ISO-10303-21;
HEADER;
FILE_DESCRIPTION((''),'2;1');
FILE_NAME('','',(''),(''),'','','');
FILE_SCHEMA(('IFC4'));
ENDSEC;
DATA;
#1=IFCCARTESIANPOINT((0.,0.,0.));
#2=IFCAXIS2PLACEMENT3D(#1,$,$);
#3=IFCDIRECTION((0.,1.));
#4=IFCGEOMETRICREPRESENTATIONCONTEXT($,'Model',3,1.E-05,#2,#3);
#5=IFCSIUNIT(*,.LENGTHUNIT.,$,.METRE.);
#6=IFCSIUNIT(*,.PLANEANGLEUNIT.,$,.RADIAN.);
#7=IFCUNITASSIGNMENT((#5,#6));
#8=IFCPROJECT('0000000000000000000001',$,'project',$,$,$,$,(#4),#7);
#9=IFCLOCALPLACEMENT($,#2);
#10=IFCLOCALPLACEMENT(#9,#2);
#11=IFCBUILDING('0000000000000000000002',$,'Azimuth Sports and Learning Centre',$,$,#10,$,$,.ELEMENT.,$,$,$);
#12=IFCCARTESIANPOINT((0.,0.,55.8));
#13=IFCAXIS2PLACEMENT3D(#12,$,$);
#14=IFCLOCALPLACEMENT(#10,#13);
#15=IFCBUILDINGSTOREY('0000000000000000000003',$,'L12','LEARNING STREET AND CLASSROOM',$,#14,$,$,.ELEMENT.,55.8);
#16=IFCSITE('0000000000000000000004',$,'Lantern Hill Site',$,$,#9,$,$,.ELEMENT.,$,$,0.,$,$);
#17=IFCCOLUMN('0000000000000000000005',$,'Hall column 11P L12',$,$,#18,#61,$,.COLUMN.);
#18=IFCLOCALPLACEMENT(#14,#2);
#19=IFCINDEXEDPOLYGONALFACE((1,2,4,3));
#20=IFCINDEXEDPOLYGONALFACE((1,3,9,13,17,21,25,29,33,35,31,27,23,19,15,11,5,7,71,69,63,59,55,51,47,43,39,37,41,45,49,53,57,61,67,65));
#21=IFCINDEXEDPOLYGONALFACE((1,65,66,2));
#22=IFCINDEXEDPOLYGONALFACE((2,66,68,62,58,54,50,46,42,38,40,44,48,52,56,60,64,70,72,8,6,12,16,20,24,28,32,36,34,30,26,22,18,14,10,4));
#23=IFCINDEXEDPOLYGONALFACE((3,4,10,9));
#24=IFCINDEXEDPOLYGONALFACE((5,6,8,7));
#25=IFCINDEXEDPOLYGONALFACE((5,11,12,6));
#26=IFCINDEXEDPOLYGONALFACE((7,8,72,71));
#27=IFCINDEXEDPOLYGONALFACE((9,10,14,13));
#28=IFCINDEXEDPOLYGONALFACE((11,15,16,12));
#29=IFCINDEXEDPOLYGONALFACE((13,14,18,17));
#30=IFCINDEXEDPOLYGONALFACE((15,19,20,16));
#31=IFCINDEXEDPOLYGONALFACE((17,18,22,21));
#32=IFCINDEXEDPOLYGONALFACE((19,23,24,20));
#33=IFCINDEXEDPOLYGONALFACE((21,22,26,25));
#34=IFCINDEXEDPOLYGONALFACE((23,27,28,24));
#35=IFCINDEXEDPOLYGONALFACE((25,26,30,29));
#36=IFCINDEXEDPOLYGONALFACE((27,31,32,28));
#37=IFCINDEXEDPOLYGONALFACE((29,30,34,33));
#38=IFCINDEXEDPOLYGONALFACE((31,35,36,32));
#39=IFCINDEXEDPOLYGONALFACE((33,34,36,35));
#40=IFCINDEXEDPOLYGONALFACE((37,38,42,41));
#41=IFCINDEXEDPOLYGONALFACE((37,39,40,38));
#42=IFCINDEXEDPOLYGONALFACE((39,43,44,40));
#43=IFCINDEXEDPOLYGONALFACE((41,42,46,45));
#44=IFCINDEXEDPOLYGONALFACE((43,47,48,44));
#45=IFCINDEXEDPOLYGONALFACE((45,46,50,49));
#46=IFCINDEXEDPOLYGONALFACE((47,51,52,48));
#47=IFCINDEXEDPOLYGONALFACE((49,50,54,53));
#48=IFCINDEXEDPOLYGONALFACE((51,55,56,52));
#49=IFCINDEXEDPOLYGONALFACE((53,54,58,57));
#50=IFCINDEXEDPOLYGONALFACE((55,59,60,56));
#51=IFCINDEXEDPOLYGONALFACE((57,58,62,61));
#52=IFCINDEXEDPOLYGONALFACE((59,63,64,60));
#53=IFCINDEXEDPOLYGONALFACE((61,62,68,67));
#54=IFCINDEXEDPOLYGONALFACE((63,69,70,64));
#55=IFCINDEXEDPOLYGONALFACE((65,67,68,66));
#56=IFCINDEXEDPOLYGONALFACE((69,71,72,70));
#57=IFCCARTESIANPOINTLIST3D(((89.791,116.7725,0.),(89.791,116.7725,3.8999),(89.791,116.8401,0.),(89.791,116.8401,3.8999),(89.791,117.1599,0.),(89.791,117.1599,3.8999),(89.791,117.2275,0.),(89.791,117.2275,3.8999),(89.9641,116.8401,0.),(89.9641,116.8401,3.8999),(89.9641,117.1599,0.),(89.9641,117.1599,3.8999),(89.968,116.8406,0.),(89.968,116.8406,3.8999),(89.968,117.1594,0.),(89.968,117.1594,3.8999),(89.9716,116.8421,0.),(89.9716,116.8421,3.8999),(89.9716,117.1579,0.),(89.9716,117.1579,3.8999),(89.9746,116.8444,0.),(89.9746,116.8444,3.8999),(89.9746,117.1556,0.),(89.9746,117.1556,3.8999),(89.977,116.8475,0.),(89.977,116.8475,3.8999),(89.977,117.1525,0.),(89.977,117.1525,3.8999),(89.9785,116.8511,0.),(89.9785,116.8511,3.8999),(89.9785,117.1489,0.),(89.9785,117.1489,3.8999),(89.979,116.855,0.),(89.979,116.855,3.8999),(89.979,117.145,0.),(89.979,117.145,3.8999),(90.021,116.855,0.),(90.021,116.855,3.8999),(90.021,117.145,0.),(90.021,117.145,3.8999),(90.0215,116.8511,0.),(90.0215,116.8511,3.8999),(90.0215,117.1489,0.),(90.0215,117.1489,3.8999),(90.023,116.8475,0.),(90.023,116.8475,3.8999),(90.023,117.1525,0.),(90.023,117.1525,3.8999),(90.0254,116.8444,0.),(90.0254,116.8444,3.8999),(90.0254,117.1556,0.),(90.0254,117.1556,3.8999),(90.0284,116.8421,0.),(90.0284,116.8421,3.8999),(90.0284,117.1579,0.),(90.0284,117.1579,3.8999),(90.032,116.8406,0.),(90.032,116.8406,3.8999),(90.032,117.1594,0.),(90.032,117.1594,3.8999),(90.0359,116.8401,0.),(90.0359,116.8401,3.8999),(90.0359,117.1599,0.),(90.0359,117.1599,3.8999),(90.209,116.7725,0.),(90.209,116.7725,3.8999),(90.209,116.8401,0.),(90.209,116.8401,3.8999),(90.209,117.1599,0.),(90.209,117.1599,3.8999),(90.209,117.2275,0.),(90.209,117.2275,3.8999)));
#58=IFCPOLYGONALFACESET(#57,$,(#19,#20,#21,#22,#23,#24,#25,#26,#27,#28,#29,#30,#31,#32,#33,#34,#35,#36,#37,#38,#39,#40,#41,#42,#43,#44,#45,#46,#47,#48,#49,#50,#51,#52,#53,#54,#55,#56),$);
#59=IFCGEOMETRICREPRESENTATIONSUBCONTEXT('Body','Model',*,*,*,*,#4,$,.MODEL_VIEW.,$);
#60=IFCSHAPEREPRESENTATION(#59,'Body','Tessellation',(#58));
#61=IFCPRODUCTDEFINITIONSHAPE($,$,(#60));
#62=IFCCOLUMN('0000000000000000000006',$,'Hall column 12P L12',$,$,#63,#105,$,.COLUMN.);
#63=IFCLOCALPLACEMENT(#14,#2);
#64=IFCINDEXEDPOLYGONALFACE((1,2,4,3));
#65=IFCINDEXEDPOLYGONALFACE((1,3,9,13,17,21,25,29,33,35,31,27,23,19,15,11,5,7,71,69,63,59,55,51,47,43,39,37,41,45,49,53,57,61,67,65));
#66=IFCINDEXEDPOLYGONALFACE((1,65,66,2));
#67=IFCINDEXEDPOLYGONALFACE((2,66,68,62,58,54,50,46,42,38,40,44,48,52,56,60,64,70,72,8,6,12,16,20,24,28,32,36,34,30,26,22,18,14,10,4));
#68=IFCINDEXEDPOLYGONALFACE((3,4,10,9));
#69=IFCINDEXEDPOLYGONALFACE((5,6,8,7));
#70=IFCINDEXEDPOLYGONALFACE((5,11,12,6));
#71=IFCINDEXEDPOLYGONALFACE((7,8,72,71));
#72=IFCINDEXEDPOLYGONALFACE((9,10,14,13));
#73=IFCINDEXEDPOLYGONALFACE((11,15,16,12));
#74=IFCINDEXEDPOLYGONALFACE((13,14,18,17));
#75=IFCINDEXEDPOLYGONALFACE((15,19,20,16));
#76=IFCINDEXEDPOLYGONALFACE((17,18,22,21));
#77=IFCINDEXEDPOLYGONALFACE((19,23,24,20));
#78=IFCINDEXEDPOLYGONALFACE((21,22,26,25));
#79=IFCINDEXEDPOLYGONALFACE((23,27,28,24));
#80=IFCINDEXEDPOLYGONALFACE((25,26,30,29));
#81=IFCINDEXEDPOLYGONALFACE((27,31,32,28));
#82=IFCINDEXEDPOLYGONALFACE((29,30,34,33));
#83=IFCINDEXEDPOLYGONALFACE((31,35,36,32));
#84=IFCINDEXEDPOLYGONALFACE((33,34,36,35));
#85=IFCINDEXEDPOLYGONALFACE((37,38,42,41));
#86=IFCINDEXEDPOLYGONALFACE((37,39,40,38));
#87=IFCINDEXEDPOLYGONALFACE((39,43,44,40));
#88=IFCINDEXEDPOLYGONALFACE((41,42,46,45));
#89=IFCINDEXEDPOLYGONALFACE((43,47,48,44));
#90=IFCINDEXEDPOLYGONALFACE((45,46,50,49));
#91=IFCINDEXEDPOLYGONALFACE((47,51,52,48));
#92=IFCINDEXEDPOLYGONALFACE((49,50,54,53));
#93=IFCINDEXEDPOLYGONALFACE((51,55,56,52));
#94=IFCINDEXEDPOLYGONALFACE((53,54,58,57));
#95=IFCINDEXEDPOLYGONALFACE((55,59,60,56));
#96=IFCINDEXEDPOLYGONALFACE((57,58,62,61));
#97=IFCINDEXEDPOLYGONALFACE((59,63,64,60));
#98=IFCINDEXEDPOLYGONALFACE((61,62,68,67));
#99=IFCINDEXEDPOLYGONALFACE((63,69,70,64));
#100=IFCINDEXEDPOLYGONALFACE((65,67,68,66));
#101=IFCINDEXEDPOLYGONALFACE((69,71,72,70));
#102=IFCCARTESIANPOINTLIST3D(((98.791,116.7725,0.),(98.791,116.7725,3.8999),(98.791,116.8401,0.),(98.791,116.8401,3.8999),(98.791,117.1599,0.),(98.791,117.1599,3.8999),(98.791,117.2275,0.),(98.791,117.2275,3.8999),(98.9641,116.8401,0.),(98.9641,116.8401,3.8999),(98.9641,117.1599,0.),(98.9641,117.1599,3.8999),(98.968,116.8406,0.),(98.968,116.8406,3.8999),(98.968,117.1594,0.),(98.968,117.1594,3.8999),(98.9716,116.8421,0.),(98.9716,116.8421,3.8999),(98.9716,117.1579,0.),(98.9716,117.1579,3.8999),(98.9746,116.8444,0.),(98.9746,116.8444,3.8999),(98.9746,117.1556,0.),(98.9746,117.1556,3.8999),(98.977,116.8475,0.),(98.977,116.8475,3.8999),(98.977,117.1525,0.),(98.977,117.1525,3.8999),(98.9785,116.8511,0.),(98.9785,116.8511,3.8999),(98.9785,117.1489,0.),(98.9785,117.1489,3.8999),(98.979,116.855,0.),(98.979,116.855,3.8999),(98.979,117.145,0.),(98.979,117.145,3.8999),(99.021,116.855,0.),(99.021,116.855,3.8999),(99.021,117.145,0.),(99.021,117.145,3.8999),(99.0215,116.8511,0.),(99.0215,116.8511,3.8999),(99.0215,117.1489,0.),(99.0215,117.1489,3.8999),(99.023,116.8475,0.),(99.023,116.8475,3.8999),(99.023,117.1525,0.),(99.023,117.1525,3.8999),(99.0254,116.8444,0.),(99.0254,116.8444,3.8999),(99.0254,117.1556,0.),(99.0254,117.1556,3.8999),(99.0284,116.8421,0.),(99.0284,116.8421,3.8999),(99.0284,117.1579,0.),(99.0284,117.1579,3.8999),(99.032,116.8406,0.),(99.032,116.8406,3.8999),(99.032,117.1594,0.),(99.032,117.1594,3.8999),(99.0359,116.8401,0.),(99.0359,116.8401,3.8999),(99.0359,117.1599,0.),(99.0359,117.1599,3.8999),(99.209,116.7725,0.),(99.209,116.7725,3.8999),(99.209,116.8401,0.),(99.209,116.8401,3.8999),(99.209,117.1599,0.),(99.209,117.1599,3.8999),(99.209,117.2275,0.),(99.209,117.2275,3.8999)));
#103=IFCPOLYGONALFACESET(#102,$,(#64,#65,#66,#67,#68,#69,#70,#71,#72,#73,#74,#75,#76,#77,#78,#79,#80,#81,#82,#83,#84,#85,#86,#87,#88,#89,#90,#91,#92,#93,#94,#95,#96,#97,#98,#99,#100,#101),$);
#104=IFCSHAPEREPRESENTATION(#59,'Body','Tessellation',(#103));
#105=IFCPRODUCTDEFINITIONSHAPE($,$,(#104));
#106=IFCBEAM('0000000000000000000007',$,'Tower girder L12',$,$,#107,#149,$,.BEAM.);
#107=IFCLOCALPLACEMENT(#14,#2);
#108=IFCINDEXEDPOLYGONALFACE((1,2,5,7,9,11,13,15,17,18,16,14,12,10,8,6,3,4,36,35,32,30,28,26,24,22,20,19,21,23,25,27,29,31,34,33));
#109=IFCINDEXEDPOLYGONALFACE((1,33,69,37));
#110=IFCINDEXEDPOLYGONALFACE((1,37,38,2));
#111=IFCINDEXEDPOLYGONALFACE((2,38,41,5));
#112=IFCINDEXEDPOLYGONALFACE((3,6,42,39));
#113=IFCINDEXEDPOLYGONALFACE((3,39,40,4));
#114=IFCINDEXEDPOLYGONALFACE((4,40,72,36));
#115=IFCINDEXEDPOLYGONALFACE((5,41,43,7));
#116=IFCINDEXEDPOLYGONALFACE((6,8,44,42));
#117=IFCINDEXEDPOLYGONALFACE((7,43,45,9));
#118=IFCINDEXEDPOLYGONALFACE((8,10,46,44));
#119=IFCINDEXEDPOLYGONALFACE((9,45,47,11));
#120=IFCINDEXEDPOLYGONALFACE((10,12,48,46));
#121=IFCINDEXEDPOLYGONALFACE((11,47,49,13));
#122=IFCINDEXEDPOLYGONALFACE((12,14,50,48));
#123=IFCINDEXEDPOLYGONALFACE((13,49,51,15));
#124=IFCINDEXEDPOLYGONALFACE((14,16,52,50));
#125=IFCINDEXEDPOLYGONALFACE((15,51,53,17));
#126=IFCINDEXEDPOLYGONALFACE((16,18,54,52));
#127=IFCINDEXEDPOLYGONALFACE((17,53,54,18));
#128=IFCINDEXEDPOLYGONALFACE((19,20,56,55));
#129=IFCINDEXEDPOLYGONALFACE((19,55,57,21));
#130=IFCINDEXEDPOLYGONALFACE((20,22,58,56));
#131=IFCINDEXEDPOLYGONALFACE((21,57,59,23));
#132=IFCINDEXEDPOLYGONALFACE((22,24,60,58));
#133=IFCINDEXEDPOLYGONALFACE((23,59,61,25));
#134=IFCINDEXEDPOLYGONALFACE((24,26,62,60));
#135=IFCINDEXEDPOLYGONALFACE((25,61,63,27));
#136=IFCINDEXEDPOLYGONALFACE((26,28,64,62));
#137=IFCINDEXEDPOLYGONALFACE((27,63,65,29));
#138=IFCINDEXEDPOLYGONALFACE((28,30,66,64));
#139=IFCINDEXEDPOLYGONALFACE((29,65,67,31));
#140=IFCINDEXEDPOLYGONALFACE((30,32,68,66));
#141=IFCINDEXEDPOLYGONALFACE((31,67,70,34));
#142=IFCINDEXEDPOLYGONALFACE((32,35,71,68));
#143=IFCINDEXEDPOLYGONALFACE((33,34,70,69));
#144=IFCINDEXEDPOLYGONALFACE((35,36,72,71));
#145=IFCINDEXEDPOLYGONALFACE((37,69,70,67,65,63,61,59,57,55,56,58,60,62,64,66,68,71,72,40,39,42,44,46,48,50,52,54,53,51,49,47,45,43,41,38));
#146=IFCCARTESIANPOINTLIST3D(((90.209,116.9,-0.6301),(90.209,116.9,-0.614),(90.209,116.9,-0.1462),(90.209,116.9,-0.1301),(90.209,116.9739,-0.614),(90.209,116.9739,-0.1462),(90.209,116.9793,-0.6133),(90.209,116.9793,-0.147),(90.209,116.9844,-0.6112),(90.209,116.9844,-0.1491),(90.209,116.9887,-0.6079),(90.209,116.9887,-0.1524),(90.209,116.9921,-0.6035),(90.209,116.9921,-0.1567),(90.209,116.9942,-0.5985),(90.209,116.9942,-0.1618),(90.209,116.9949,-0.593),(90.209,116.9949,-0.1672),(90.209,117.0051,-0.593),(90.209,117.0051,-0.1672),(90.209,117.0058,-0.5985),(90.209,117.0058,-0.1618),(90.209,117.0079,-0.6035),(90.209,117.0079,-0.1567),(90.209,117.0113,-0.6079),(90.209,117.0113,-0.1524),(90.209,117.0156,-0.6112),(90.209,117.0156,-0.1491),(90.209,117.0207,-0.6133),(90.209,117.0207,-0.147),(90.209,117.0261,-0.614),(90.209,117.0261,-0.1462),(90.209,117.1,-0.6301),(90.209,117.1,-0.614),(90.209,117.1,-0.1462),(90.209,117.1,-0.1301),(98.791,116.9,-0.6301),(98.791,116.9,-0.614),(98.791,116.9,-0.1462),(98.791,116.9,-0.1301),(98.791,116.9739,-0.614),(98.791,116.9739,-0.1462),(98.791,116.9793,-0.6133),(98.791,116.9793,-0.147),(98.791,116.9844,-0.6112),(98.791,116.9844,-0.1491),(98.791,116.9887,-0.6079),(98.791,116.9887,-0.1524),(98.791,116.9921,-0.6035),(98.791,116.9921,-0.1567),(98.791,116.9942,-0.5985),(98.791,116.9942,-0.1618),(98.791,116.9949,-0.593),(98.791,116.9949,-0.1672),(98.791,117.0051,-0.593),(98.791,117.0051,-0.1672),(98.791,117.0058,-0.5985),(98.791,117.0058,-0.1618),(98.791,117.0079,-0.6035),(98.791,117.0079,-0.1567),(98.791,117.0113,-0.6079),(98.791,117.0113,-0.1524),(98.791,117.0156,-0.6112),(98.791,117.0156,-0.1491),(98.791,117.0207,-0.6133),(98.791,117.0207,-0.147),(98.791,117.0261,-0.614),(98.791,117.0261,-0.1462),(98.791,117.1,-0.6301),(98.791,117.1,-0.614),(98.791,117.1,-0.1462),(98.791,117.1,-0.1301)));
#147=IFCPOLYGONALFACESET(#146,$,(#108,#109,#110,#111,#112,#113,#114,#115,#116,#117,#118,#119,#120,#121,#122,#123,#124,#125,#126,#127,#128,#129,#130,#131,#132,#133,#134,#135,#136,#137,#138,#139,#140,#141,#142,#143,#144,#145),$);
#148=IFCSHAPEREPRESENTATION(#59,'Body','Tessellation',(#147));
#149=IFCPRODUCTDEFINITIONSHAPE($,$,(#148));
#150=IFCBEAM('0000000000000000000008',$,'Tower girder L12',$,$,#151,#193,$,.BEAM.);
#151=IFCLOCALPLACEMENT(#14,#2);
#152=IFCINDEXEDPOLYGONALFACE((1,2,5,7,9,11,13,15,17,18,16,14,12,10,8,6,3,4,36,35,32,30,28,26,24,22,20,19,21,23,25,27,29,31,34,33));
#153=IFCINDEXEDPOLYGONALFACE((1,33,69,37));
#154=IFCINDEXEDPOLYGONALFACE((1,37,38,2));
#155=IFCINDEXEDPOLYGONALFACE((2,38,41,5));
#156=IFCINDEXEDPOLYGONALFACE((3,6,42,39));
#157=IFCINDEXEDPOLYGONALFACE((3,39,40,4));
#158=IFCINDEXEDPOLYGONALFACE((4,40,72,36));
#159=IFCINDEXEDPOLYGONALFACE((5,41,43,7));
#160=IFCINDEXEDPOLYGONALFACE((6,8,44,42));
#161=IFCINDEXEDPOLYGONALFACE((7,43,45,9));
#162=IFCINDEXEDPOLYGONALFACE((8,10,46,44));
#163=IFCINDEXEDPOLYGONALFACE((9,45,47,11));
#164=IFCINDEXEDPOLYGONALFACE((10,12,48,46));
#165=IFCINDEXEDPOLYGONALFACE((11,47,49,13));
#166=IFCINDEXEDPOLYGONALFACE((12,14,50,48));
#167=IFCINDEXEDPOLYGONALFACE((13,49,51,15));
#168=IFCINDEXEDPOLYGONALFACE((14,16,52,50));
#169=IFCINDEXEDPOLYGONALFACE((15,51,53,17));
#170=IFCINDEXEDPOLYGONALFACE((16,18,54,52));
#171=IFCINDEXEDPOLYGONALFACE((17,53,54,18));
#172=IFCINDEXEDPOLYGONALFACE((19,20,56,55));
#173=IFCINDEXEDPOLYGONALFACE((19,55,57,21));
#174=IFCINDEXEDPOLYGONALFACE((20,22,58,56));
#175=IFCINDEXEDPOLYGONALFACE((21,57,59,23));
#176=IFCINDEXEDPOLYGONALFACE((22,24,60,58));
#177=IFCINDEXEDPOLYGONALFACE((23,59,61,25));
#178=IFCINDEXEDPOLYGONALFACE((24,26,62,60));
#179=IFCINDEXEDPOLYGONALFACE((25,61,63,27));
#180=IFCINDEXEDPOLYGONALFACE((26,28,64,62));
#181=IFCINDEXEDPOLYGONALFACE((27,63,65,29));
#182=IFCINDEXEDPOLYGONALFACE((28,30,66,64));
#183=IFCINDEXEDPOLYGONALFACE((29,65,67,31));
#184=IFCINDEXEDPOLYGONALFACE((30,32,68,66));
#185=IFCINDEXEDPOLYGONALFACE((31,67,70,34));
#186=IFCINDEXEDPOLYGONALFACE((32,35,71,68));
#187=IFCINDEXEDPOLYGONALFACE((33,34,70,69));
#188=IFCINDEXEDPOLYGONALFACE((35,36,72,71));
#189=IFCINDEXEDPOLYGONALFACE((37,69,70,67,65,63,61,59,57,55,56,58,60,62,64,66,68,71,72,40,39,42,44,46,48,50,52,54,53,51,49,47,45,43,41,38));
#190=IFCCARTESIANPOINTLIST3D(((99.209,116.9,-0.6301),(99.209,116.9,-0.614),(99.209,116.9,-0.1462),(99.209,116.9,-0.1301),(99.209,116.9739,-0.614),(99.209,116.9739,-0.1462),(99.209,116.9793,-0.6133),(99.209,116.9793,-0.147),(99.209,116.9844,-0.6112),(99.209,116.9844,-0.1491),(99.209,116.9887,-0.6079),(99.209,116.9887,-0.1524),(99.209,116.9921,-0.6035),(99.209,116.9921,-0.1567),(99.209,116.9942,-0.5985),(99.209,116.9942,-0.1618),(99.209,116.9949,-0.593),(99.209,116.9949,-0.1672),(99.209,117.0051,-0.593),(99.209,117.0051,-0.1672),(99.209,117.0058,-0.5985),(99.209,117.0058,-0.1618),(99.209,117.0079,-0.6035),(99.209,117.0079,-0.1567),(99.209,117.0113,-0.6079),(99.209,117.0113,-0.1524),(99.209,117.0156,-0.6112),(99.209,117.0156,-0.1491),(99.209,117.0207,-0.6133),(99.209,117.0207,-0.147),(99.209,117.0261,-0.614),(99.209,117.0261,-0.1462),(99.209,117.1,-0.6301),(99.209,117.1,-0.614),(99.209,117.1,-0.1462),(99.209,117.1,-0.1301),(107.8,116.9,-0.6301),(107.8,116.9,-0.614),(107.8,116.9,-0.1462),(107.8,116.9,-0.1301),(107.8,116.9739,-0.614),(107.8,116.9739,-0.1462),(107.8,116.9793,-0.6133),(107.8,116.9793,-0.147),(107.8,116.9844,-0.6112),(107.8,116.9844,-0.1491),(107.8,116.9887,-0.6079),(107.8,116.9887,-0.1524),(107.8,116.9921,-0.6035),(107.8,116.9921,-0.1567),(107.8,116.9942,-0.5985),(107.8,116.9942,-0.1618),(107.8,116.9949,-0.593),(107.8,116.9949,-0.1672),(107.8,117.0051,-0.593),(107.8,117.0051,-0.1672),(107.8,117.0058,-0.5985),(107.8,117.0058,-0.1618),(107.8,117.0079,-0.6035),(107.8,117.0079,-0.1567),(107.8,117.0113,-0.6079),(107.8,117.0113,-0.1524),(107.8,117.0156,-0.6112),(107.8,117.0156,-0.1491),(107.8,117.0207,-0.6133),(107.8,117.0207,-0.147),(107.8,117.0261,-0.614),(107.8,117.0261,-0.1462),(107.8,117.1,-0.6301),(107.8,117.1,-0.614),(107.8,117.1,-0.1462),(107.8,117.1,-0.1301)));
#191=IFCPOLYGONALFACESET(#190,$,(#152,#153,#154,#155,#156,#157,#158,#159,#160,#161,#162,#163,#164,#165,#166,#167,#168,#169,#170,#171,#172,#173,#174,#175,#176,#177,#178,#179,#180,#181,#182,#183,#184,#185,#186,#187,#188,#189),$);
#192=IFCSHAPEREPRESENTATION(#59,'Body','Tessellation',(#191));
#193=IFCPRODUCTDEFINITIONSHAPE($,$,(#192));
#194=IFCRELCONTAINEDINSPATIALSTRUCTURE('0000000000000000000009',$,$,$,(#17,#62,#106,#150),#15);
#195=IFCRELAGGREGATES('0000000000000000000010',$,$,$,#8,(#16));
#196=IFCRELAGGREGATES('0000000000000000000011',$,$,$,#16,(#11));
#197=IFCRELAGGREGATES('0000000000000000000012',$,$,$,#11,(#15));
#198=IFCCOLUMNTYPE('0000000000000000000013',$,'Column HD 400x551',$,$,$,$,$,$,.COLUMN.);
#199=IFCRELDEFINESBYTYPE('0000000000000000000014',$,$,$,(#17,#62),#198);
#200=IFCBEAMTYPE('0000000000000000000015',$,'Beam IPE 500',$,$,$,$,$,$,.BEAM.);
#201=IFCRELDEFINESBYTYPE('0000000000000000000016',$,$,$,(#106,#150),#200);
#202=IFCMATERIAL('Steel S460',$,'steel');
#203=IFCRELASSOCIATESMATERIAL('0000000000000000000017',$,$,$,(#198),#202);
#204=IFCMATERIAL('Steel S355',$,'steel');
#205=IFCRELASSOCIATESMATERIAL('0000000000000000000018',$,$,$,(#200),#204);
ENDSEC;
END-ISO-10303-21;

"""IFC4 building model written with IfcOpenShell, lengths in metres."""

from ifc_helpers import new_model, si_unit, direction, frame, origin, origin_2d, place, context, subcontext, project, spatial, i_section, extrude, material, material_profile, profile_set, type_object, element, save


model = new_model("IFC4")

# Units and contexts
model_context = context("Model", 3, precision=1e-05, world=origin(), true_north=direction((0.0, 1.0)))
body_context = subcontext(model_context, "Body", "Model", "MODEL_VIEW")
ifc_project = project(units=[si_unit("LENGTHUNIT", "METRE"), si_unit("PLANEANGLEUNIT", "RADIAN")], contexts=[model_context])

# Site, building, storey
site_placement = place(None, origin())
site = spatial("IfcSite", under=ifc_project, at=site_placement, Name="Lantern Hill Site", CompositionType="ELEMENT", RefElevation=0.0)
building_placement = place(site_placement, origin())
building = spatial("IfcBuilding", under=site, at=building_placement, Name="Azimuth Sports and Learning Centre", CompositionType="ELEMENT")
storey_placement = place(building_placement, frame((0.0, 0.0, 55.8)))
storey = spatial("IfcBuildingStorey", under=building, at=storey_placement, Name="L12", Description="LEARNING STREET AND CLASSROOM", CompositionType="ELEMENT", Elevation=55.8)

# Columns
ifc_material_1 = material(Name="Steel S460", Category="steel")
ifc_material_profile_1 = material_profile(ifc_material_1, i_section(OverallWidth=0.418, OverallDepth=0.4551, WebThickness=0.042, FlangeThickness=0.0676, FilletRadius=0.0149, at=origin_2d()), Name="HD 400x551")
ifc_profile_set_1 = profile_set([ifc_material_profile_1], Name="Steel S460")
column_type = type_object("IfcColumnType", Name="Column HD 400x551", PredefinedType="COLUMN", material=ifc_profile_set_1)
for number, where, z_axis, x_axis, name in (
    (1, (90.0, 117.0, 0.0), (0.0, 0.0, 1.0), (1.0, 0.0, 0.0), "Hall column 11P L12"),
    (2, (99.0, 117.0, 0.0), (0.0, 0.0, 1.0), (1.0, 0.0, 0.0), "Hall column 12P L12"),
):
    element("IfcColumn", number, at=place(storey_placement, frame(where, z_axis=z_axis, x_axis=x_axis)), inside=storey, type_object=column_type, Name=name, PredefinedType="COLUMN", context=body_context, shape_type="SweptSolid", body=[
        extrude(i_section(OverallWidth=0.418, OverallDepth=0.4551, WebThickness=0.042, FlangeThickness=0.0676, FilletRadius=0.0149, at=origin_2d()), origin(), (0.0, 0.0, 1.0), 3.8999),
    ])

# Beams
ifc_material_2 = material(Name="Steel S355", Category="steel")
ifc_material_profile_2 = material_profile(ifc_material_2, i_section(OverallWidth=0.2, OverallDepth=0.5, WebThickness=0.0103, FlangeThickness=0.0161, FilletRadius=0.021, at=origin_2d()), Name="IPE 500")
ifc_profile_set_2 = profile_set([ifc_material_profile_2], Name="Steel S355")
beam_type_1 = type_object("IfcBeamType", Name="Beam IPE 500", PredefinedType="BEAM", material=ifc_profile_set_2)
beam_1_placement = place(storey_placement, frame((90.209, 117.0, -0.3801), z_axis=(1.0, 0.0, 0.0), x_axis=(0.0, 1.0, 0.0)))
element("IfcBeam", 3, at=beam_1_placement, inside=storey, type_object=beam_type_1, Name="Tower girder L12", PredefinedType="BEAM", context=body_context, shape_type="SweptSolid", body=[
    extrude(i_section(OverallWidth=0.2, OverallDepth=0.5, WebThickness=0.0103, FlangeThickness=0.0161, FilletRadius=0.021, at=origin_2d()), origin(), (0.0, 0.0, 1.0), 8.582),
])
beam_2_placement = place(storey_placement, frame((99.209, 117.0, -0.3801), z_axis=(1.0, 0.0, 0.0), x_axis=(0.0, 1.0, 0.0)))
element("IfcBeam", 4, at=beam_2_placement, inside=storey, type_object=beam_type_1, Name="Tower girder L12", PredefinedType="BEAM", context=body_context, shape_type="SweptSolid", body=[
    extrude(i_section(OverallWidth=0.2, OverallDepth=0.5, WebThickness=0.0103, FlangeThickness=0.0161, FilletRadius=0.021, at=origin_2d()), origin(), (0.0, 0.0, 1.0), 8.5911),
])

save(model, "model.ifc")
